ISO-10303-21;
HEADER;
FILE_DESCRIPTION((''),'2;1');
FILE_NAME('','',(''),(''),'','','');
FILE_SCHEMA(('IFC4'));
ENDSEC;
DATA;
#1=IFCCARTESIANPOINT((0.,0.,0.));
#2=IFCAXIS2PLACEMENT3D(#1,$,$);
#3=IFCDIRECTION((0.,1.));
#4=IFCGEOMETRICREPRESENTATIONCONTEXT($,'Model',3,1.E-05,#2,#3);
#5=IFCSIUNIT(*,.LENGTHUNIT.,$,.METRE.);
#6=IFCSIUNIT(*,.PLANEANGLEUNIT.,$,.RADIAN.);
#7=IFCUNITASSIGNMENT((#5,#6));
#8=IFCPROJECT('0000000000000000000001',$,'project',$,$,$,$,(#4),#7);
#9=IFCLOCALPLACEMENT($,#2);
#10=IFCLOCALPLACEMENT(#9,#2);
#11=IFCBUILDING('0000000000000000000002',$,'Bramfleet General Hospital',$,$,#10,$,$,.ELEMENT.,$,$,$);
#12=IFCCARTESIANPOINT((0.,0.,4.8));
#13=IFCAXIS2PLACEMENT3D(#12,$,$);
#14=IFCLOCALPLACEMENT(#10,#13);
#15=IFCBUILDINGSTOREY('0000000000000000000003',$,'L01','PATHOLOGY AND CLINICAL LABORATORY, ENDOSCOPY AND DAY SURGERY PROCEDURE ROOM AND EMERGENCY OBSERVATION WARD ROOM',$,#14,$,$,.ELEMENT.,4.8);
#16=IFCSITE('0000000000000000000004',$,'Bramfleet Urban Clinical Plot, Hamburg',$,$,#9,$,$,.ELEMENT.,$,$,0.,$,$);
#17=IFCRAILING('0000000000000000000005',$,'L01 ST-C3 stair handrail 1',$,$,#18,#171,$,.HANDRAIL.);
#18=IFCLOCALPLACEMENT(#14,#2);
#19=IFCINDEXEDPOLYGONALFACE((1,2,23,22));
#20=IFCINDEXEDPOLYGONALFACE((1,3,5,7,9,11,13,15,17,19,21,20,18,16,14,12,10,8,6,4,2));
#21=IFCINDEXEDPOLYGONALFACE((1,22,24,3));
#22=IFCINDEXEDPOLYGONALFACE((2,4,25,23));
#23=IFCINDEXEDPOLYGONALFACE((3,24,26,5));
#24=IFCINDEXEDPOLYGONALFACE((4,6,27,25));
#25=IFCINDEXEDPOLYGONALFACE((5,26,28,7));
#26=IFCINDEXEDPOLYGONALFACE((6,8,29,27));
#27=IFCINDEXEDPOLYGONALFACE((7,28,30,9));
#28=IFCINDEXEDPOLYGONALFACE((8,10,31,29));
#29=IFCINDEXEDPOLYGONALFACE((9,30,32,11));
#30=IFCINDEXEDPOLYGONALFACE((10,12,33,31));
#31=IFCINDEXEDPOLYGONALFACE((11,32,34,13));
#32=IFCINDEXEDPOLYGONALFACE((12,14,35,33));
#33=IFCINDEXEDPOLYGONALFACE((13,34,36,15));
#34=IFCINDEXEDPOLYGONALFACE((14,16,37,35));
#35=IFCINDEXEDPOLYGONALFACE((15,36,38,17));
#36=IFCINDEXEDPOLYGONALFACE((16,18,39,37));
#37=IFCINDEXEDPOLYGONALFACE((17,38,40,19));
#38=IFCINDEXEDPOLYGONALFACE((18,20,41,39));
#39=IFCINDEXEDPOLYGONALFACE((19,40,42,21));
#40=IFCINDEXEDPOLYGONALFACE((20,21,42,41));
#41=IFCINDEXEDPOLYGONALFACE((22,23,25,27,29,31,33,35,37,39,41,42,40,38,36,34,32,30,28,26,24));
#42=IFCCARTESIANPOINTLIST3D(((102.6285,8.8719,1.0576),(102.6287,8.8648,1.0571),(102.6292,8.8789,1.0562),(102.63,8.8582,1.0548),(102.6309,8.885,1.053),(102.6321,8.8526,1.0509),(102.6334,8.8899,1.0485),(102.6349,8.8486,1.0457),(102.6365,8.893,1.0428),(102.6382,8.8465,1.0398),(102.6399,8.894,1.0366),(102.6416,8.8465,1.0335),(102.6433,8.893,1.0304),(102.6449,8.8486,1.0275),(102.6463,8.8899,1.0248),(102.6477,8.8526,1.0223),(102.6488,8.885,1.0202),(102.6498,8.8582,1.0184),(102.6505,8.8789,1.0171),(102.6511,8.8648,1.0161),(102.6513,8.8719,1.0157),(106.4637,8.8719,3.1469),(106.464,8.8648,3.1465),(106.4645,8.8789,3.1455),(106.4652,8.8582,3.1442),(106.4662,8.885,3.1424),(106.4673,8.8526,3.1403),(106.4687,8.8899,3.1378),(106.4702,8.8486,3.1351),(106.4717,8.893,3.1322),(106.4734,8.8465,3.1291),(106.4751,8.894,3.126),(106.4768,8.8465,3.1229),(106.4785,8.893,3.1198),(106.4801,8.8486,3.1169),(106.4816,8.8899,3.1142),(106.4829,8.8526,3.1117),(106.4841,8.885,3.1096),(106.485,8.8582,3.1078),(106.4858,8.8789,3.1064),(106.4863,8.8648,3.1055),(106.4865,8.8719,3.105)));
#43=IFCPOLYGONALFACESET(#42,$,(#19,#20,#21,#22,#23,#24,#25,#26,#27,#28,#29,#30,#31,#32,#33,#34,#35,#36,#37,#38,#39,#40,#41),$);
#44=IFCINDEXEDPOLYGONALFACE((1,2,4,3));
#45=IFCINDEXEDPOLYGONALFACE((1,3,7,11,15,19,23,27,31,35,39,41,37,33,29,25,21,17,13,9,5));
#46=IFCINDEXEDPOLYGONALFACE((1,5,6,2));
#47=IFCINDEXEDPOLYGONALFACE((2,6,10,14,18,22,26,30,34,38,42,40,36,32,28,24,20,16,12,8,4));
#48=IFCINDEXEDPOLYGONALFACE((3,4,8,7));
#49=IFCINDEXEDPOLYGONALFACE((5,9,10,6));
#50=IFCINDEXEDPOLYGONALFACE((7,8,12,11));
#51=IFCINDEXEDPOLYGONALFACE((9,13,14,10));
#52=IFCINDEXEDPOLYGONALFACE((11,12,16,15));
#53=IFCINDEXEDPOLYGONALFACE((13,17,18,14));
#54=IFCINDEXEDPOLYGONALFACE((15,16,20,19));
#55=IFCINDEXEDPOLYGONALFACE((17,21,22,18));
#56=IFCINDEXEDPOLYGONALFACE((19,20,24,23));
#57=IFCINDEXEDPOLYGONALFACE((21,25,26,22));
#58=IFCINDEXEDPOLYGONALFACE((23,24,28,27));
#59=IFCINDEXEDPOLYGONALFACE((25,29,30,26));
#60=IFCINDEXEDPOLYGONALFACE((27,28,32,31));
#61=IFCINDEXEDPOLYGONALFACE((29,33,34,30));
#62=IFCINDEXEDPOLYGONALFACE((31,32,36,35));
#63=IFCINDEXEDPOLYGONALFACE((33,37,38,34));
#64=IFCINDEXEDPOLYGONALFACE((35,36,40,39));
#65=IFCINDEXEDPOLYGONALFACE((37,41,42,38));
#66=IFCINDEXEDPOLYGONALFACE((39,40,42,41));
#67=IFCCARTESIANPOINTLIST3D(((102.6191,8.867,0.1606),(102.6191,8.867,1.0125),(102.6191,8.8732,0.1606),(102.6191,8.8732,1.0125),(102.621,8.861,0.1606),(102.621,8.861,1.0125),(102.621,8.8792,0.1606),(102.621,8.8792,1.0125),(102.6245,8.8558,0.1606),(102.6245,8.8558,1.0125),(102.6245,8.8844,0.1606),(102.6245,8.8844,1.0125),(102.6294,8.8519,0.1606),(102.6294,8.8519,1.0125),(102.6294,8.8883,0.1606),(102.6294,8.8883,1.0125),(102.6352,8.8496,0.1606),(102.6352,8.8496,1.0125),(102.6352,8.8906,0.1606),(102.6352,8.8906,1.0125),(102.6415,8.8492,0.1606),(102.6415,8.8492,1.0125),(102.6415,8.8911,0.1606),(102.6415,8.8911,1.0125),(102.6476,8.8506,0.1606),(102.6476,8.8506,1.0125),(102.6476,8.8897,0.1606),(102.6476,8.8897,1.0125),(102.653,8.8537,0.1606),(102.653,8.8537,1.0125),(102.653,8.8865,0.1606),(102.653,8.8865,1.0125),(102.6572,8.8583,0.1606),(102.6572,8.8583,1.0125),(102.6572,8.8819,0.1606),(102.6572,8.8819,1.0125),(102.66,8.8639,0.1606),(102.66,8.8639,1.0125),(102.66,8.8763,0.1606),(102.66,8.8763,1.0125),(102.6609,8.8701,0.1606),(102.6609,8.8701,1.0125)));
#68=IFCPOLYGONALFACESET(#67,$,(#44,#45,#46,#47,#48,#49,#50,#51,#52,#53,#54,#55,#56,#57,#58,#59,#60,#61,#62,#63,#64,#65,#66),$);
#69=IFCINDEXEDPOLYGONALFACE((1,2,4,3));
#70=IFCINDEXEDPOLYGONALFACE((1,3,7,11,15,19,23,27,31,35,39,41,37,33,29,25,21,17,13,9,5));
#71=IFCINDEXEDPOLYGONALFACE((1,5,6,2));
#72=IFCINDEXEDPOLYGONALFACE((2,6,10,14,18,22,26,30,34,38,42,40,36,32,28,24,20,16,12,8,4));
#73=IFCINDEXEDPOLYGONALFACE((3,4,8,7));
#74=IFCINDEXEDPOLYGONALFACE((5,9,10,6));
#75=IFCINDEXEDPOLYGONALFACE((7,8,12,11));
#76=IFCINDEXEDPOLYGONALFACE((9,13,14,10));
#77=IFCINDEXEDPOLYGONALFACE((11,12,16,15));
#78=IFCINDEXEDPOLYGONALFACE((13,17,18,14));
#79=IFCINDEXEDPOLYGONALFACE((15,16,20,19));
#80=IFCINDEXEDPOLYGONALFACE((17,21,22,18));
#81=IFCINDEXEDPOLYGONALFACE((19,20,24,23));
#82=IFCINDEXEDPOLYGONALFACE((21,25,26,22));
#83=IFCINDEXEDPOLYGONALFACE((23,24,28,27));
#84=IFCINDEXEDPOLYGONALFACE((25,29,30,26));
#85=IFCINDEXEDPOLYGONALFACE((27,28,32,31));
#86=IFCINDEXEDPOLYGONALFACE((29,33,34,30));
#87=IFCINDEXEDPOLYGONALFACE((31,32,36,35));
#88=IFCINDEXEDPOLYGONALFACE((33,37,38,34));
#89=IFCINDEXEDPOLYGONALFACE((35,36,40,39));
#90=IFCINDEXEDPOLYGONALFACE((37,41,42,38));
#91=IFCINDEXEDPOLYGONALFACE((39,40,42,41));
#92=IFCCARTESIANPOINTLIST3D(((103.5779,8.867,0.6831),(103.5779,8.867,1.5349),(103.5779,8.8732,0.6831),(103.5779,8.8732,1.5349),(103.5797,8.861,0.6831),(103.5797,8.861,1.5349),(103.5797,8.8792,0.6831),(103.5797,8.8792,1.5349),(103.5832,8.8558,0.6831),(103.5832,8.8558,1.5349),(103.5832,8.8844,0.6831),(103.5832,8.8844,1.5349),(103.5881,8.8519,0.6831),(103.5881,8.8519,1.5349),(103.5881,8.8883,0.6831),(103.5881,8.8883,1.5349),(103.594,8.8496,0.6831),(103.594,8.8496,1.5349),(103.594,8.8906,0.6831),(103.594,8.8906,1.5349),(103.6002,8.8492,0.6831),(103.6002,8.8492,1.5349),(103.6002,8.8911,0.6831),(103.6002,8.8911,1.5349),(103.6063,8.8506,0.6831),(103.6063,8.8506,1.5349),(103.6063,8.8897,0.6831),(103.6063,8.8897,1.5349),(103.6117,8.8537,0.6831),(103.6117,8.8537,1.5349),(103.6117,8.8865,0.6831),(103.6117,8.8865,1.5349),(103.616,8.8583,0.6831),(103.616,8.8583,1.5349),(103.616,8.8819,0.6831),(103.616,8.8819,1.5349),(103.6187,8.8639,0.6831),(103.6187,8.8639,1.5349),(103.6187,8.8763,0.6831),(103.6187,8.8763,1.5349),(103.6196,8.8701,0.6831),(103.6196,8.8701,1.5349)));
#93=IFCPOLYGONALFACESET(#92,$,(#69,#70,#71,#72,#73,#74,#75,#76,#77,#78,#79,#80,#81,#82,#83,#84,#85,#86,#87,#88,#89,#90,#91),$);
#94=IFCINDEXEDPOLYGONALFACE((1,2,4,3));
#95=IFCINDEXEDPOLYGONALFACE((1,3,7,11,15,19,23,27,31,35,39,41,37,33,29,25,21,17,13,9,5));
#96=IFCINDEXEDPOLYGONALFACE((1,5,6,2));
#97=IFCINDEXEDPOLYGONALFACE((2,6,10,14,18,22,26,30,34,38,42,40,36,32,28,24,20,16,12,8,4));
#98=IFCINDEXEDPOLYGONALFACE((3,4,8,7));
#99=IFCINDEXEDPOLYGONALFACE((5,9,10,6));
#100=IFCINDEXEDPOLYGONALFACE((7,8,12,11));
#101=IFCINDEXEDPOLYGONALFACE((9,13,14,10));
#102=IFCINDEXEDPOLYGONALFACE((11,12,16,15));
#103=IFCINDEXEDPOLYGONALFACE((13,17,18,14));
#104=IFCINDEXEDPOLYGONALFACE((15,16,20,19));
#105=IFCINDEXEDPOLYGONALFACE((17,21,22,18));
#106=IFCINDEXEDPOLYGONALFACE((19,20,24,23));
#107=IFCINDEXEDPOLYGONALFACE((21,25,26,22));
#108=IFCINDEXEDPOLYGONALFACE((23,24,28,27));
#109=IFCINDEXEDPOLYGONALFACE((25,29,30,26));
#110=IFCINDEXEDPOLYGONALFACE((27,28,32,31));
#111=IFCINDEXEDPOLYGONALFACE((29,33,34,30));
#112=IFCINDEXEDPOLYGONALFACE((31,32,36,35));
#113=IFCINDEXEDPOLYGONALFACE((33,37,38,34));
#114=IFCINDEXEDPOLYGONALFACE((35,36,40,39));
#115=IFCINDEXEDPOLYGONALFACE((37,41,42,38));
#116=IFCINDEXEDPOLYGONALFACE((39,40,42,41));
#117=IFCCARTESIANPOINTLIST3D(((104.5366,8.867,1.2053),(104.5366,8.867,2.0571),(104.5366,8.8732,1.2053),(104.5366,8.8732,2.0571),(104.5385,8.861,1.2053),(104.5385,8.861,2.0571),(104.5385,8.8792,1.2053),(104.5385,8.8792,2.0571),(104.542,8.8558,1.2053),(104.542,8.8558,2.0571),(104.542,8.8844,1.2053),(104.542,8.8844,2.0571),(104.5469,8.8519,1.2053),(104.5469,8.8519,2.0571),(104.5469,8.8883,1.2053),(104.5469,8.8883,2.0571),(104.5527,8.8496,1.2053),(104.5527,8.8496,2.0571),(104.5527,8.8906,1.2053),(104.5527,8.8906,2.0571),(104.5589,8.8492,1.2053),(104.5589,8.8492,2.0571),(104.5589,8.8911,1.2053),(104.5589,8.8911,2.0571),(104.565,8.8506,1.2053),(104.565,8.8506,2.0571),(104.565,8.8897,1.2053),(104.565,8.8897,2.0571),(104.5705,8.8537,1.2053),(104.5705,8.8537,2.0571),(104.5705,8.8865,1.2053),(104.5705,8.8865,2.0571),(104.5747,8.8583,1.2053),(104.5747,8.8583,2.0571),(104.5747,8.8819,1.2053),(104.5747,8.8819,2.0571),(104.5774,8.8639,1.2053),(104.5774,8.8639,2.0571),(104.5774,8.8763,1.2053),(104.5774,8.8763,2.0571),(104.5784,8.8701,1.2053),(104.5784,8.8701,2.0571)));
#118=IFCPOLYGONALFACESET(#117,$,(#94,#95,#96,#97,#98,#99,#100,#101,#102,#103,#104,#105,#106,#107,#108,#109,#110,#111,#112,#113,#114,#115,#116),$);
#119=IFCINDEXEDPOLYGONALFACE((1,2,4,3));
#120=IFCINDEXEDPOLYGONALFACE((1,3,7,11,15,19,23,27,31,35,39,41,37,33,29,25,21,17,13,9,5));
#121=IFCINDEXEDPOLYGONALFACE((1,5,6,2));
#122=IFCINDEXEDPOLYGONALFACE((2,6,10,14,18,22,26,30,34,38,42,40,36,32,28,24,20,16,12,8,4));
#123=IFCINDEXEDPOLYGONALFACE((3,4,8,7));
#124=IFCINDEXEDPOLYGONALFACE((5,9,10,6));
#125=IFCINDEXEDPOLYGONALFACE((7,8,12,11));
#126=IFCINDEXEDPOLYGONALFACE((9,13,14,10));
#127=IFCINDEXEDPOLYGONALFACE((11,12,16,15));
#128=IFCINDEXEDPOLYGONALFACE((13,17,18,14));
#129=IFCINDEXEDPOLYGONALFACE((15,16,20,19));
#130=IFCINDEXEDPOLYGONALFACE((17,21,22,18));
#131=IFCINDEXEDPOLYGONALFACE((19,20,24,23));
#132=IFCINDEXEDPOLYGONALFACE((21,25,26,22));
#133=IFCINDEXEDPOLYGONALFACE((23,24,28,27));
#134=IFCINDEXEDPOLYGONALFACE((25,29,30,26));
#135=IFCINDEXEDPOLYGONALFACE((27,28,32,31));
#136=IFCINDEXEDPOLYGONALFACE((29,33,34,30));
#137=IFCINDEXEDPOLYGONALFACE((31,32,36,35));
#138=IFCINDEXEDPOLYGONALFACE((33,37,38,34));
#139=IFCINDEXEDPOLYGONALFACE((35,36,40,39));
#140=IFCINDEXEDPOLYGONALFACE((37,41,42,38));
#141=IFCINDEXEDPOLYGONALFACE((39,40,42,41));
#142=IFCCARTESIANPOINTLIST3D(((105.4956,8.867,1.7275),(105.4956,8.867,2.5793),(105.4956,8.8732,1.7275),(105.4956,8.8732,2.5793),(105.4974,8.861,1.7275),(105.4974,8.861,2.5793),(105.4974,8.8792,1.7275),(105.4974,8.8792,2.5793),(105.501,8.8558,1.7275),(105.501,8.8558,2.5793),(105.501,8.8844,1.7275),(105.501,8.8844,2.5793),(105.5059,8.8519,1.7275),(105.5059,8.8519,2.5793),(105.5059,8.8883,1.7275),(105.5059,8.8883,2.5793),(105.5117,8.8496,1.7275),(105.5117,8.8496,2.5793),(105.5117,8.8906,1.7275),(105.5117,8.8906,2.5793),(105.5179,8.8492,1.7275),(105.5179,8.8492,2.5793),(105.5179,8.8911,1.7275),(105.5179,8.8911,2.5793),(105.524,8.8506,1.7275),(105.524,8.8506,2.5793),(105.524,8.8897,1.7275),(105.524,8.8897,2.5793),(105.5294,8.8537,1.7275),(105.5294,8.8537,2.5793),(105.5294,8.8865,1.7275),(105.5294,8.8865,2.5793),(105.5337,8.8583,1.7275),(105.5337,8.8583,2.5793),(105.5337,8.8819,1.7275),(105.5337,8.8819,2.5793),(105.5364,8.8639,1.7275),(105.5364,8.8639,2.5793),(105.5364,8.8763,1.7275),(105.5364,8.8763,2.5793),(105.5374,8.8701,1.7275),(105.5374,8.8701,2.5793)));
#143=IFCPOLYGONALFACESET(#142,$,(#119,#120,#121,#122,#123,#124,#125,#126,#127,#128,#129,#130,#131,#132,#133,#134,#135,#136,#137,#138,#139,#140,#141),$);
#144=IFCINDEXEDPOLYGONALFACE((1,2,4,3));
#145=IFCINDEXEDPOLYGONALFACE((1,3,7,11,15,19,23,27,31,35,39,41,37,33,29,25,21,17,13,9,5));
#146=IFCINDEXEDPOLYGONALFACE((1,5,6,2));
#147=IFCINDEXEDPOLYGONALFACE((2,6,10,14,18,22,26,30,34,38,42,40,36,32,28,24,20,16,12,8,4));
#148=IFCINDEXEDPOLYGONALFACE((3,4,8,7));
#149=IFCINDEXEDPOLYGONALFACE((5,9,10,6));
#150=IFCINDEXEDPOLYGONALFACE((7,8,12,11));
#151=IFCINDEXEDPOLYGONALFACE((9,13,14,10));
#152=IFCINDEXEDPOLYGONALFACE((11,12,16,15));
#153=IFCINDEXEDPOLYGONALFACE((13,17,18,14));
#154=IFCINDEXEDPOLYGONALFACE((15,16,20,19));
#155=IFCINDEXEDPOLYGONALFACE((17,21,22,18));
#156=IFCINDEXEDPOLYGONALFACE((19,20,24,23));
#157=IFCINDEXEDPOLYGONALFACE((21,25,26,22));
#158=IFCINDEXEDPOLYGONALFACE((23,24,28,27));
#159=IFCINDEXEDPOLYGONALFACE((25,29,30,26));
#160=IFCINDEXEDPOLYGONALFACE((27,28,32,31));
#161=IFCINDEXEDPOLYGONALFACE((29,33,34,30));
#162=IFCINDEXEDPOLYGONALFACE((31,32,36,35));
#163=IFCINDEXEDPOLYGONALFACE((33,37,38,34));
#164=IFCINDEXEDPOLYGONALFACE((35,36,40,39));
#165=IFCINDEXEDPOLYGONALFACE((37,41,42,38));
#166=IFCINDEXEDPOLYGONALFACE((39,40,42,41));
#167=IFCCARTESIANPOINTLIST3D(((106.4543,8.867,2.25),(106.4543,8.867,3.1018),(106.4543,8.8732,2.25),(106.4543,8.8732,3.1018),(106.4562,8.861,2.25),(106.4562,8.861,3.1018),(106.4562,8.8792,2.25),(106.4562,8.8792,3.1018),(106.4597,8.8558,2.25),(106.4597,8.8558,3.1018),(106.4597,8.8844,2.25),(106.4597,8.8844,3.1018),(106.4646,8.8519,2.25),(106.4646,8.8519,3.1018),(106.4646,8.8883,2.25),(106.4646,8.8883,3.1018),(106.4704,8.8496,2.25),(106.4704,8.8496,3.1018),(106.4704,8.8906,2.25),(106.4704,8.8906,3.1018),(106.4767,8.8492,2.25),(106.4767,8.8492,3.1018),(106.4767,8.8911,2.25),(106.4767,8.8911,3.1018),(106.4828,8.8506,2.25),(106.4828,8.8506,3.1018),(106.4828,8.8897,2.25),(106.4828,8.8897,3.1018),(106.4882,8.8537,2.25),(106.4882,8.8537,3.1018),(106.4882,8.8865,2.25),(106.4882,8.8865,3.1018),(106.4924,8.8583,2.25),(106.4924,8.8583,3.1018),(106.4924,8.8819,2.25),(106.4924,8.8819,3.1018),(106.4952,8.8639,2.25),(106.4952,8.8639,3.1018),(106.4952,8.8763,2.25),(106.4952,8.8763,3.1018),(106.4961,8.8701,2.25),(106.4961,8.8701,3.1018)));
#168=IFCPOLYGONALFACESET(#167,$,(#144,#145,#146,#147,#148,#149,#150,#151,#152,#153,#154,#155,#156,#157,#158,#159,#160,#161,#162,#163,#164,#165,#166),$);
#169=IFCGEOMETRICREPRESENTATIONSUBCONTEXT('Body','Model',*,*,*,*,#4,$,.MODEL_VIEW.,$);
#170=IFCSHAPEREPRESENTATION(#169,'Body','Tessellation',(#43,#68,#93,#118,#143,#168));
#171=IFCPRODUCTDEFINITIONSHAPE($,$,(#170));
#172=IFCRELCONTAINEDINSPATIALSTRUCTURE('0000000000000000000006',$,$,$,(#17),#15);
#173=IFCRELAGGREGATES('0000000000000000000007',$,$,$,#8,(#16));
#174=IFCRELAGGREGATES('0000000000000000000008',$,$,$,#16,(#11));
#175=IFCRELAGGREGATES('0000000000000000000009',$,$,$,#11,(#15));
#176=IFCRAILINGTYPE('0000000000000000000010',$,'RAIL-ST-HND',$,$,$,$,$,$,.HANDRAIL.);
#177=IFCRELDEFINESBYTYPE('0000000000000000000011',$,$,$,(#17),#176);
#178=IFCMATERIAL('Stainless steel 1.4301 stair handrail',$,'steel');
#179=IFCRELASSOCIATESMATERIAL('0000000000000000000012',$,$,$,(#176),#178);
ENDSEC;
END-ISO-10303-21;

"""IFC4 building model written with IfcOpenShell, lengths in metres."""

from ifc_helpers import new_model, si_unit, direction, frame, origin, origin_2d, place, context, subcontext, project, spatial, circle, extrude, material, type_object, element, save


model = new_model("IFC4")

# Units and contexts
model_context = context("Model", 3, precision=1e-05, world=origin(), true_north=direction((0.0, 1.0)))
body_context = subcontext(model_context, "Body", "Model", "MODEL_VIEW")
ifc_project = project(units=[si_unit("LENGTHUNIT", "METRE"), si_unit("PLANEANGLEUNIT", "RADIAN")], contexts=[model_context])

# Site, building, storey
site_placement = place(None, origin())
site = spatial("IfcSite", under=ifc_project, at=site_placement, Name="Bramfleet Urban Clinical Plot, Hamburg", CompositionType="ELEMENT", RefElevation=0.0)
building_placement = place(site_placement, origin())
building = spatial("IfcBuilding", under=site, at=building_placement, Name="Bramfleet General Hospital", CompositionType="ELEMENT")
storey_placement = place(building_placement, frame((0.0, 0.0, 4.8)))
storey = spatial("IfcBuildingStorey", under=building, at=storey_placement, Name="L01", Description="PATHOLOGY AND CLINICAL LABORATORY, ENDOSCOPY AND DAY SURGERY PROCEDURE ROOM AND EMERGENCY OBSERVATION WARD ROOM", CompositionType="ELEMENT", Elevation=4.8)

# Railing
ifc_material_1 = material(Name="Stainless steel 1.4301 stair handrail", Category="steel")
railing_type_1 = type_object("IfcRailingType", Name="RAIL-ST-HND", PredefinedType="HANDRAIL", material=ifc_material_1)
railing_1_placement = place(storey_placement, frame((102.6399, 8.8701, 0.1606)))
element("IfcRailing", 1, at=railing_1_placement, inside=storey, type_object=railing_type_1, Name="L01 ST-C3 stair handrail 1", PredefinedType="HANDRAIL", context=body_context, shape_type="SweptSolid", body=[
    extrude(circle(Radius=0.0239, at=origin_2d()), frame((0.0, 0.0, 0.876), z_axis=(0.878143, 0.0, 0.478398), x_axis=(0.0, 1.0, 0.0)), (0.0, 0.0, 1.0), 4.3674),
    extrude(circle(Radius=0.021, at=origin_2d()), origin(), (0.0, 0.0, 1.0), 0.8518),
    extrude(circle(Radius=0.021, at=origin_2d()), frame((0.9587, 0.0, 0.5225)), (0.0, 0.0, 1.0), 0.8518),
    extrude(circle(Radius=0.021, at=origin_2d()), frame((1.9175, 0.0, 1.0447)), (0.0, 0.0, 1.0), 0.8518),
    extrude(circle(Radius=0.021, at=origin_2d()), frame((2.8765, 0.0, 1.5669)), (0.0, 0.0, 1.0), 0.8518),
    extrude(circle(Radius=0.021, at=origin_2d()), frame((3.8352, 0.0, 2.0894)), (0.0, 0.0, 1.0), 0.8518),
])

save(model, "model.ifc")
